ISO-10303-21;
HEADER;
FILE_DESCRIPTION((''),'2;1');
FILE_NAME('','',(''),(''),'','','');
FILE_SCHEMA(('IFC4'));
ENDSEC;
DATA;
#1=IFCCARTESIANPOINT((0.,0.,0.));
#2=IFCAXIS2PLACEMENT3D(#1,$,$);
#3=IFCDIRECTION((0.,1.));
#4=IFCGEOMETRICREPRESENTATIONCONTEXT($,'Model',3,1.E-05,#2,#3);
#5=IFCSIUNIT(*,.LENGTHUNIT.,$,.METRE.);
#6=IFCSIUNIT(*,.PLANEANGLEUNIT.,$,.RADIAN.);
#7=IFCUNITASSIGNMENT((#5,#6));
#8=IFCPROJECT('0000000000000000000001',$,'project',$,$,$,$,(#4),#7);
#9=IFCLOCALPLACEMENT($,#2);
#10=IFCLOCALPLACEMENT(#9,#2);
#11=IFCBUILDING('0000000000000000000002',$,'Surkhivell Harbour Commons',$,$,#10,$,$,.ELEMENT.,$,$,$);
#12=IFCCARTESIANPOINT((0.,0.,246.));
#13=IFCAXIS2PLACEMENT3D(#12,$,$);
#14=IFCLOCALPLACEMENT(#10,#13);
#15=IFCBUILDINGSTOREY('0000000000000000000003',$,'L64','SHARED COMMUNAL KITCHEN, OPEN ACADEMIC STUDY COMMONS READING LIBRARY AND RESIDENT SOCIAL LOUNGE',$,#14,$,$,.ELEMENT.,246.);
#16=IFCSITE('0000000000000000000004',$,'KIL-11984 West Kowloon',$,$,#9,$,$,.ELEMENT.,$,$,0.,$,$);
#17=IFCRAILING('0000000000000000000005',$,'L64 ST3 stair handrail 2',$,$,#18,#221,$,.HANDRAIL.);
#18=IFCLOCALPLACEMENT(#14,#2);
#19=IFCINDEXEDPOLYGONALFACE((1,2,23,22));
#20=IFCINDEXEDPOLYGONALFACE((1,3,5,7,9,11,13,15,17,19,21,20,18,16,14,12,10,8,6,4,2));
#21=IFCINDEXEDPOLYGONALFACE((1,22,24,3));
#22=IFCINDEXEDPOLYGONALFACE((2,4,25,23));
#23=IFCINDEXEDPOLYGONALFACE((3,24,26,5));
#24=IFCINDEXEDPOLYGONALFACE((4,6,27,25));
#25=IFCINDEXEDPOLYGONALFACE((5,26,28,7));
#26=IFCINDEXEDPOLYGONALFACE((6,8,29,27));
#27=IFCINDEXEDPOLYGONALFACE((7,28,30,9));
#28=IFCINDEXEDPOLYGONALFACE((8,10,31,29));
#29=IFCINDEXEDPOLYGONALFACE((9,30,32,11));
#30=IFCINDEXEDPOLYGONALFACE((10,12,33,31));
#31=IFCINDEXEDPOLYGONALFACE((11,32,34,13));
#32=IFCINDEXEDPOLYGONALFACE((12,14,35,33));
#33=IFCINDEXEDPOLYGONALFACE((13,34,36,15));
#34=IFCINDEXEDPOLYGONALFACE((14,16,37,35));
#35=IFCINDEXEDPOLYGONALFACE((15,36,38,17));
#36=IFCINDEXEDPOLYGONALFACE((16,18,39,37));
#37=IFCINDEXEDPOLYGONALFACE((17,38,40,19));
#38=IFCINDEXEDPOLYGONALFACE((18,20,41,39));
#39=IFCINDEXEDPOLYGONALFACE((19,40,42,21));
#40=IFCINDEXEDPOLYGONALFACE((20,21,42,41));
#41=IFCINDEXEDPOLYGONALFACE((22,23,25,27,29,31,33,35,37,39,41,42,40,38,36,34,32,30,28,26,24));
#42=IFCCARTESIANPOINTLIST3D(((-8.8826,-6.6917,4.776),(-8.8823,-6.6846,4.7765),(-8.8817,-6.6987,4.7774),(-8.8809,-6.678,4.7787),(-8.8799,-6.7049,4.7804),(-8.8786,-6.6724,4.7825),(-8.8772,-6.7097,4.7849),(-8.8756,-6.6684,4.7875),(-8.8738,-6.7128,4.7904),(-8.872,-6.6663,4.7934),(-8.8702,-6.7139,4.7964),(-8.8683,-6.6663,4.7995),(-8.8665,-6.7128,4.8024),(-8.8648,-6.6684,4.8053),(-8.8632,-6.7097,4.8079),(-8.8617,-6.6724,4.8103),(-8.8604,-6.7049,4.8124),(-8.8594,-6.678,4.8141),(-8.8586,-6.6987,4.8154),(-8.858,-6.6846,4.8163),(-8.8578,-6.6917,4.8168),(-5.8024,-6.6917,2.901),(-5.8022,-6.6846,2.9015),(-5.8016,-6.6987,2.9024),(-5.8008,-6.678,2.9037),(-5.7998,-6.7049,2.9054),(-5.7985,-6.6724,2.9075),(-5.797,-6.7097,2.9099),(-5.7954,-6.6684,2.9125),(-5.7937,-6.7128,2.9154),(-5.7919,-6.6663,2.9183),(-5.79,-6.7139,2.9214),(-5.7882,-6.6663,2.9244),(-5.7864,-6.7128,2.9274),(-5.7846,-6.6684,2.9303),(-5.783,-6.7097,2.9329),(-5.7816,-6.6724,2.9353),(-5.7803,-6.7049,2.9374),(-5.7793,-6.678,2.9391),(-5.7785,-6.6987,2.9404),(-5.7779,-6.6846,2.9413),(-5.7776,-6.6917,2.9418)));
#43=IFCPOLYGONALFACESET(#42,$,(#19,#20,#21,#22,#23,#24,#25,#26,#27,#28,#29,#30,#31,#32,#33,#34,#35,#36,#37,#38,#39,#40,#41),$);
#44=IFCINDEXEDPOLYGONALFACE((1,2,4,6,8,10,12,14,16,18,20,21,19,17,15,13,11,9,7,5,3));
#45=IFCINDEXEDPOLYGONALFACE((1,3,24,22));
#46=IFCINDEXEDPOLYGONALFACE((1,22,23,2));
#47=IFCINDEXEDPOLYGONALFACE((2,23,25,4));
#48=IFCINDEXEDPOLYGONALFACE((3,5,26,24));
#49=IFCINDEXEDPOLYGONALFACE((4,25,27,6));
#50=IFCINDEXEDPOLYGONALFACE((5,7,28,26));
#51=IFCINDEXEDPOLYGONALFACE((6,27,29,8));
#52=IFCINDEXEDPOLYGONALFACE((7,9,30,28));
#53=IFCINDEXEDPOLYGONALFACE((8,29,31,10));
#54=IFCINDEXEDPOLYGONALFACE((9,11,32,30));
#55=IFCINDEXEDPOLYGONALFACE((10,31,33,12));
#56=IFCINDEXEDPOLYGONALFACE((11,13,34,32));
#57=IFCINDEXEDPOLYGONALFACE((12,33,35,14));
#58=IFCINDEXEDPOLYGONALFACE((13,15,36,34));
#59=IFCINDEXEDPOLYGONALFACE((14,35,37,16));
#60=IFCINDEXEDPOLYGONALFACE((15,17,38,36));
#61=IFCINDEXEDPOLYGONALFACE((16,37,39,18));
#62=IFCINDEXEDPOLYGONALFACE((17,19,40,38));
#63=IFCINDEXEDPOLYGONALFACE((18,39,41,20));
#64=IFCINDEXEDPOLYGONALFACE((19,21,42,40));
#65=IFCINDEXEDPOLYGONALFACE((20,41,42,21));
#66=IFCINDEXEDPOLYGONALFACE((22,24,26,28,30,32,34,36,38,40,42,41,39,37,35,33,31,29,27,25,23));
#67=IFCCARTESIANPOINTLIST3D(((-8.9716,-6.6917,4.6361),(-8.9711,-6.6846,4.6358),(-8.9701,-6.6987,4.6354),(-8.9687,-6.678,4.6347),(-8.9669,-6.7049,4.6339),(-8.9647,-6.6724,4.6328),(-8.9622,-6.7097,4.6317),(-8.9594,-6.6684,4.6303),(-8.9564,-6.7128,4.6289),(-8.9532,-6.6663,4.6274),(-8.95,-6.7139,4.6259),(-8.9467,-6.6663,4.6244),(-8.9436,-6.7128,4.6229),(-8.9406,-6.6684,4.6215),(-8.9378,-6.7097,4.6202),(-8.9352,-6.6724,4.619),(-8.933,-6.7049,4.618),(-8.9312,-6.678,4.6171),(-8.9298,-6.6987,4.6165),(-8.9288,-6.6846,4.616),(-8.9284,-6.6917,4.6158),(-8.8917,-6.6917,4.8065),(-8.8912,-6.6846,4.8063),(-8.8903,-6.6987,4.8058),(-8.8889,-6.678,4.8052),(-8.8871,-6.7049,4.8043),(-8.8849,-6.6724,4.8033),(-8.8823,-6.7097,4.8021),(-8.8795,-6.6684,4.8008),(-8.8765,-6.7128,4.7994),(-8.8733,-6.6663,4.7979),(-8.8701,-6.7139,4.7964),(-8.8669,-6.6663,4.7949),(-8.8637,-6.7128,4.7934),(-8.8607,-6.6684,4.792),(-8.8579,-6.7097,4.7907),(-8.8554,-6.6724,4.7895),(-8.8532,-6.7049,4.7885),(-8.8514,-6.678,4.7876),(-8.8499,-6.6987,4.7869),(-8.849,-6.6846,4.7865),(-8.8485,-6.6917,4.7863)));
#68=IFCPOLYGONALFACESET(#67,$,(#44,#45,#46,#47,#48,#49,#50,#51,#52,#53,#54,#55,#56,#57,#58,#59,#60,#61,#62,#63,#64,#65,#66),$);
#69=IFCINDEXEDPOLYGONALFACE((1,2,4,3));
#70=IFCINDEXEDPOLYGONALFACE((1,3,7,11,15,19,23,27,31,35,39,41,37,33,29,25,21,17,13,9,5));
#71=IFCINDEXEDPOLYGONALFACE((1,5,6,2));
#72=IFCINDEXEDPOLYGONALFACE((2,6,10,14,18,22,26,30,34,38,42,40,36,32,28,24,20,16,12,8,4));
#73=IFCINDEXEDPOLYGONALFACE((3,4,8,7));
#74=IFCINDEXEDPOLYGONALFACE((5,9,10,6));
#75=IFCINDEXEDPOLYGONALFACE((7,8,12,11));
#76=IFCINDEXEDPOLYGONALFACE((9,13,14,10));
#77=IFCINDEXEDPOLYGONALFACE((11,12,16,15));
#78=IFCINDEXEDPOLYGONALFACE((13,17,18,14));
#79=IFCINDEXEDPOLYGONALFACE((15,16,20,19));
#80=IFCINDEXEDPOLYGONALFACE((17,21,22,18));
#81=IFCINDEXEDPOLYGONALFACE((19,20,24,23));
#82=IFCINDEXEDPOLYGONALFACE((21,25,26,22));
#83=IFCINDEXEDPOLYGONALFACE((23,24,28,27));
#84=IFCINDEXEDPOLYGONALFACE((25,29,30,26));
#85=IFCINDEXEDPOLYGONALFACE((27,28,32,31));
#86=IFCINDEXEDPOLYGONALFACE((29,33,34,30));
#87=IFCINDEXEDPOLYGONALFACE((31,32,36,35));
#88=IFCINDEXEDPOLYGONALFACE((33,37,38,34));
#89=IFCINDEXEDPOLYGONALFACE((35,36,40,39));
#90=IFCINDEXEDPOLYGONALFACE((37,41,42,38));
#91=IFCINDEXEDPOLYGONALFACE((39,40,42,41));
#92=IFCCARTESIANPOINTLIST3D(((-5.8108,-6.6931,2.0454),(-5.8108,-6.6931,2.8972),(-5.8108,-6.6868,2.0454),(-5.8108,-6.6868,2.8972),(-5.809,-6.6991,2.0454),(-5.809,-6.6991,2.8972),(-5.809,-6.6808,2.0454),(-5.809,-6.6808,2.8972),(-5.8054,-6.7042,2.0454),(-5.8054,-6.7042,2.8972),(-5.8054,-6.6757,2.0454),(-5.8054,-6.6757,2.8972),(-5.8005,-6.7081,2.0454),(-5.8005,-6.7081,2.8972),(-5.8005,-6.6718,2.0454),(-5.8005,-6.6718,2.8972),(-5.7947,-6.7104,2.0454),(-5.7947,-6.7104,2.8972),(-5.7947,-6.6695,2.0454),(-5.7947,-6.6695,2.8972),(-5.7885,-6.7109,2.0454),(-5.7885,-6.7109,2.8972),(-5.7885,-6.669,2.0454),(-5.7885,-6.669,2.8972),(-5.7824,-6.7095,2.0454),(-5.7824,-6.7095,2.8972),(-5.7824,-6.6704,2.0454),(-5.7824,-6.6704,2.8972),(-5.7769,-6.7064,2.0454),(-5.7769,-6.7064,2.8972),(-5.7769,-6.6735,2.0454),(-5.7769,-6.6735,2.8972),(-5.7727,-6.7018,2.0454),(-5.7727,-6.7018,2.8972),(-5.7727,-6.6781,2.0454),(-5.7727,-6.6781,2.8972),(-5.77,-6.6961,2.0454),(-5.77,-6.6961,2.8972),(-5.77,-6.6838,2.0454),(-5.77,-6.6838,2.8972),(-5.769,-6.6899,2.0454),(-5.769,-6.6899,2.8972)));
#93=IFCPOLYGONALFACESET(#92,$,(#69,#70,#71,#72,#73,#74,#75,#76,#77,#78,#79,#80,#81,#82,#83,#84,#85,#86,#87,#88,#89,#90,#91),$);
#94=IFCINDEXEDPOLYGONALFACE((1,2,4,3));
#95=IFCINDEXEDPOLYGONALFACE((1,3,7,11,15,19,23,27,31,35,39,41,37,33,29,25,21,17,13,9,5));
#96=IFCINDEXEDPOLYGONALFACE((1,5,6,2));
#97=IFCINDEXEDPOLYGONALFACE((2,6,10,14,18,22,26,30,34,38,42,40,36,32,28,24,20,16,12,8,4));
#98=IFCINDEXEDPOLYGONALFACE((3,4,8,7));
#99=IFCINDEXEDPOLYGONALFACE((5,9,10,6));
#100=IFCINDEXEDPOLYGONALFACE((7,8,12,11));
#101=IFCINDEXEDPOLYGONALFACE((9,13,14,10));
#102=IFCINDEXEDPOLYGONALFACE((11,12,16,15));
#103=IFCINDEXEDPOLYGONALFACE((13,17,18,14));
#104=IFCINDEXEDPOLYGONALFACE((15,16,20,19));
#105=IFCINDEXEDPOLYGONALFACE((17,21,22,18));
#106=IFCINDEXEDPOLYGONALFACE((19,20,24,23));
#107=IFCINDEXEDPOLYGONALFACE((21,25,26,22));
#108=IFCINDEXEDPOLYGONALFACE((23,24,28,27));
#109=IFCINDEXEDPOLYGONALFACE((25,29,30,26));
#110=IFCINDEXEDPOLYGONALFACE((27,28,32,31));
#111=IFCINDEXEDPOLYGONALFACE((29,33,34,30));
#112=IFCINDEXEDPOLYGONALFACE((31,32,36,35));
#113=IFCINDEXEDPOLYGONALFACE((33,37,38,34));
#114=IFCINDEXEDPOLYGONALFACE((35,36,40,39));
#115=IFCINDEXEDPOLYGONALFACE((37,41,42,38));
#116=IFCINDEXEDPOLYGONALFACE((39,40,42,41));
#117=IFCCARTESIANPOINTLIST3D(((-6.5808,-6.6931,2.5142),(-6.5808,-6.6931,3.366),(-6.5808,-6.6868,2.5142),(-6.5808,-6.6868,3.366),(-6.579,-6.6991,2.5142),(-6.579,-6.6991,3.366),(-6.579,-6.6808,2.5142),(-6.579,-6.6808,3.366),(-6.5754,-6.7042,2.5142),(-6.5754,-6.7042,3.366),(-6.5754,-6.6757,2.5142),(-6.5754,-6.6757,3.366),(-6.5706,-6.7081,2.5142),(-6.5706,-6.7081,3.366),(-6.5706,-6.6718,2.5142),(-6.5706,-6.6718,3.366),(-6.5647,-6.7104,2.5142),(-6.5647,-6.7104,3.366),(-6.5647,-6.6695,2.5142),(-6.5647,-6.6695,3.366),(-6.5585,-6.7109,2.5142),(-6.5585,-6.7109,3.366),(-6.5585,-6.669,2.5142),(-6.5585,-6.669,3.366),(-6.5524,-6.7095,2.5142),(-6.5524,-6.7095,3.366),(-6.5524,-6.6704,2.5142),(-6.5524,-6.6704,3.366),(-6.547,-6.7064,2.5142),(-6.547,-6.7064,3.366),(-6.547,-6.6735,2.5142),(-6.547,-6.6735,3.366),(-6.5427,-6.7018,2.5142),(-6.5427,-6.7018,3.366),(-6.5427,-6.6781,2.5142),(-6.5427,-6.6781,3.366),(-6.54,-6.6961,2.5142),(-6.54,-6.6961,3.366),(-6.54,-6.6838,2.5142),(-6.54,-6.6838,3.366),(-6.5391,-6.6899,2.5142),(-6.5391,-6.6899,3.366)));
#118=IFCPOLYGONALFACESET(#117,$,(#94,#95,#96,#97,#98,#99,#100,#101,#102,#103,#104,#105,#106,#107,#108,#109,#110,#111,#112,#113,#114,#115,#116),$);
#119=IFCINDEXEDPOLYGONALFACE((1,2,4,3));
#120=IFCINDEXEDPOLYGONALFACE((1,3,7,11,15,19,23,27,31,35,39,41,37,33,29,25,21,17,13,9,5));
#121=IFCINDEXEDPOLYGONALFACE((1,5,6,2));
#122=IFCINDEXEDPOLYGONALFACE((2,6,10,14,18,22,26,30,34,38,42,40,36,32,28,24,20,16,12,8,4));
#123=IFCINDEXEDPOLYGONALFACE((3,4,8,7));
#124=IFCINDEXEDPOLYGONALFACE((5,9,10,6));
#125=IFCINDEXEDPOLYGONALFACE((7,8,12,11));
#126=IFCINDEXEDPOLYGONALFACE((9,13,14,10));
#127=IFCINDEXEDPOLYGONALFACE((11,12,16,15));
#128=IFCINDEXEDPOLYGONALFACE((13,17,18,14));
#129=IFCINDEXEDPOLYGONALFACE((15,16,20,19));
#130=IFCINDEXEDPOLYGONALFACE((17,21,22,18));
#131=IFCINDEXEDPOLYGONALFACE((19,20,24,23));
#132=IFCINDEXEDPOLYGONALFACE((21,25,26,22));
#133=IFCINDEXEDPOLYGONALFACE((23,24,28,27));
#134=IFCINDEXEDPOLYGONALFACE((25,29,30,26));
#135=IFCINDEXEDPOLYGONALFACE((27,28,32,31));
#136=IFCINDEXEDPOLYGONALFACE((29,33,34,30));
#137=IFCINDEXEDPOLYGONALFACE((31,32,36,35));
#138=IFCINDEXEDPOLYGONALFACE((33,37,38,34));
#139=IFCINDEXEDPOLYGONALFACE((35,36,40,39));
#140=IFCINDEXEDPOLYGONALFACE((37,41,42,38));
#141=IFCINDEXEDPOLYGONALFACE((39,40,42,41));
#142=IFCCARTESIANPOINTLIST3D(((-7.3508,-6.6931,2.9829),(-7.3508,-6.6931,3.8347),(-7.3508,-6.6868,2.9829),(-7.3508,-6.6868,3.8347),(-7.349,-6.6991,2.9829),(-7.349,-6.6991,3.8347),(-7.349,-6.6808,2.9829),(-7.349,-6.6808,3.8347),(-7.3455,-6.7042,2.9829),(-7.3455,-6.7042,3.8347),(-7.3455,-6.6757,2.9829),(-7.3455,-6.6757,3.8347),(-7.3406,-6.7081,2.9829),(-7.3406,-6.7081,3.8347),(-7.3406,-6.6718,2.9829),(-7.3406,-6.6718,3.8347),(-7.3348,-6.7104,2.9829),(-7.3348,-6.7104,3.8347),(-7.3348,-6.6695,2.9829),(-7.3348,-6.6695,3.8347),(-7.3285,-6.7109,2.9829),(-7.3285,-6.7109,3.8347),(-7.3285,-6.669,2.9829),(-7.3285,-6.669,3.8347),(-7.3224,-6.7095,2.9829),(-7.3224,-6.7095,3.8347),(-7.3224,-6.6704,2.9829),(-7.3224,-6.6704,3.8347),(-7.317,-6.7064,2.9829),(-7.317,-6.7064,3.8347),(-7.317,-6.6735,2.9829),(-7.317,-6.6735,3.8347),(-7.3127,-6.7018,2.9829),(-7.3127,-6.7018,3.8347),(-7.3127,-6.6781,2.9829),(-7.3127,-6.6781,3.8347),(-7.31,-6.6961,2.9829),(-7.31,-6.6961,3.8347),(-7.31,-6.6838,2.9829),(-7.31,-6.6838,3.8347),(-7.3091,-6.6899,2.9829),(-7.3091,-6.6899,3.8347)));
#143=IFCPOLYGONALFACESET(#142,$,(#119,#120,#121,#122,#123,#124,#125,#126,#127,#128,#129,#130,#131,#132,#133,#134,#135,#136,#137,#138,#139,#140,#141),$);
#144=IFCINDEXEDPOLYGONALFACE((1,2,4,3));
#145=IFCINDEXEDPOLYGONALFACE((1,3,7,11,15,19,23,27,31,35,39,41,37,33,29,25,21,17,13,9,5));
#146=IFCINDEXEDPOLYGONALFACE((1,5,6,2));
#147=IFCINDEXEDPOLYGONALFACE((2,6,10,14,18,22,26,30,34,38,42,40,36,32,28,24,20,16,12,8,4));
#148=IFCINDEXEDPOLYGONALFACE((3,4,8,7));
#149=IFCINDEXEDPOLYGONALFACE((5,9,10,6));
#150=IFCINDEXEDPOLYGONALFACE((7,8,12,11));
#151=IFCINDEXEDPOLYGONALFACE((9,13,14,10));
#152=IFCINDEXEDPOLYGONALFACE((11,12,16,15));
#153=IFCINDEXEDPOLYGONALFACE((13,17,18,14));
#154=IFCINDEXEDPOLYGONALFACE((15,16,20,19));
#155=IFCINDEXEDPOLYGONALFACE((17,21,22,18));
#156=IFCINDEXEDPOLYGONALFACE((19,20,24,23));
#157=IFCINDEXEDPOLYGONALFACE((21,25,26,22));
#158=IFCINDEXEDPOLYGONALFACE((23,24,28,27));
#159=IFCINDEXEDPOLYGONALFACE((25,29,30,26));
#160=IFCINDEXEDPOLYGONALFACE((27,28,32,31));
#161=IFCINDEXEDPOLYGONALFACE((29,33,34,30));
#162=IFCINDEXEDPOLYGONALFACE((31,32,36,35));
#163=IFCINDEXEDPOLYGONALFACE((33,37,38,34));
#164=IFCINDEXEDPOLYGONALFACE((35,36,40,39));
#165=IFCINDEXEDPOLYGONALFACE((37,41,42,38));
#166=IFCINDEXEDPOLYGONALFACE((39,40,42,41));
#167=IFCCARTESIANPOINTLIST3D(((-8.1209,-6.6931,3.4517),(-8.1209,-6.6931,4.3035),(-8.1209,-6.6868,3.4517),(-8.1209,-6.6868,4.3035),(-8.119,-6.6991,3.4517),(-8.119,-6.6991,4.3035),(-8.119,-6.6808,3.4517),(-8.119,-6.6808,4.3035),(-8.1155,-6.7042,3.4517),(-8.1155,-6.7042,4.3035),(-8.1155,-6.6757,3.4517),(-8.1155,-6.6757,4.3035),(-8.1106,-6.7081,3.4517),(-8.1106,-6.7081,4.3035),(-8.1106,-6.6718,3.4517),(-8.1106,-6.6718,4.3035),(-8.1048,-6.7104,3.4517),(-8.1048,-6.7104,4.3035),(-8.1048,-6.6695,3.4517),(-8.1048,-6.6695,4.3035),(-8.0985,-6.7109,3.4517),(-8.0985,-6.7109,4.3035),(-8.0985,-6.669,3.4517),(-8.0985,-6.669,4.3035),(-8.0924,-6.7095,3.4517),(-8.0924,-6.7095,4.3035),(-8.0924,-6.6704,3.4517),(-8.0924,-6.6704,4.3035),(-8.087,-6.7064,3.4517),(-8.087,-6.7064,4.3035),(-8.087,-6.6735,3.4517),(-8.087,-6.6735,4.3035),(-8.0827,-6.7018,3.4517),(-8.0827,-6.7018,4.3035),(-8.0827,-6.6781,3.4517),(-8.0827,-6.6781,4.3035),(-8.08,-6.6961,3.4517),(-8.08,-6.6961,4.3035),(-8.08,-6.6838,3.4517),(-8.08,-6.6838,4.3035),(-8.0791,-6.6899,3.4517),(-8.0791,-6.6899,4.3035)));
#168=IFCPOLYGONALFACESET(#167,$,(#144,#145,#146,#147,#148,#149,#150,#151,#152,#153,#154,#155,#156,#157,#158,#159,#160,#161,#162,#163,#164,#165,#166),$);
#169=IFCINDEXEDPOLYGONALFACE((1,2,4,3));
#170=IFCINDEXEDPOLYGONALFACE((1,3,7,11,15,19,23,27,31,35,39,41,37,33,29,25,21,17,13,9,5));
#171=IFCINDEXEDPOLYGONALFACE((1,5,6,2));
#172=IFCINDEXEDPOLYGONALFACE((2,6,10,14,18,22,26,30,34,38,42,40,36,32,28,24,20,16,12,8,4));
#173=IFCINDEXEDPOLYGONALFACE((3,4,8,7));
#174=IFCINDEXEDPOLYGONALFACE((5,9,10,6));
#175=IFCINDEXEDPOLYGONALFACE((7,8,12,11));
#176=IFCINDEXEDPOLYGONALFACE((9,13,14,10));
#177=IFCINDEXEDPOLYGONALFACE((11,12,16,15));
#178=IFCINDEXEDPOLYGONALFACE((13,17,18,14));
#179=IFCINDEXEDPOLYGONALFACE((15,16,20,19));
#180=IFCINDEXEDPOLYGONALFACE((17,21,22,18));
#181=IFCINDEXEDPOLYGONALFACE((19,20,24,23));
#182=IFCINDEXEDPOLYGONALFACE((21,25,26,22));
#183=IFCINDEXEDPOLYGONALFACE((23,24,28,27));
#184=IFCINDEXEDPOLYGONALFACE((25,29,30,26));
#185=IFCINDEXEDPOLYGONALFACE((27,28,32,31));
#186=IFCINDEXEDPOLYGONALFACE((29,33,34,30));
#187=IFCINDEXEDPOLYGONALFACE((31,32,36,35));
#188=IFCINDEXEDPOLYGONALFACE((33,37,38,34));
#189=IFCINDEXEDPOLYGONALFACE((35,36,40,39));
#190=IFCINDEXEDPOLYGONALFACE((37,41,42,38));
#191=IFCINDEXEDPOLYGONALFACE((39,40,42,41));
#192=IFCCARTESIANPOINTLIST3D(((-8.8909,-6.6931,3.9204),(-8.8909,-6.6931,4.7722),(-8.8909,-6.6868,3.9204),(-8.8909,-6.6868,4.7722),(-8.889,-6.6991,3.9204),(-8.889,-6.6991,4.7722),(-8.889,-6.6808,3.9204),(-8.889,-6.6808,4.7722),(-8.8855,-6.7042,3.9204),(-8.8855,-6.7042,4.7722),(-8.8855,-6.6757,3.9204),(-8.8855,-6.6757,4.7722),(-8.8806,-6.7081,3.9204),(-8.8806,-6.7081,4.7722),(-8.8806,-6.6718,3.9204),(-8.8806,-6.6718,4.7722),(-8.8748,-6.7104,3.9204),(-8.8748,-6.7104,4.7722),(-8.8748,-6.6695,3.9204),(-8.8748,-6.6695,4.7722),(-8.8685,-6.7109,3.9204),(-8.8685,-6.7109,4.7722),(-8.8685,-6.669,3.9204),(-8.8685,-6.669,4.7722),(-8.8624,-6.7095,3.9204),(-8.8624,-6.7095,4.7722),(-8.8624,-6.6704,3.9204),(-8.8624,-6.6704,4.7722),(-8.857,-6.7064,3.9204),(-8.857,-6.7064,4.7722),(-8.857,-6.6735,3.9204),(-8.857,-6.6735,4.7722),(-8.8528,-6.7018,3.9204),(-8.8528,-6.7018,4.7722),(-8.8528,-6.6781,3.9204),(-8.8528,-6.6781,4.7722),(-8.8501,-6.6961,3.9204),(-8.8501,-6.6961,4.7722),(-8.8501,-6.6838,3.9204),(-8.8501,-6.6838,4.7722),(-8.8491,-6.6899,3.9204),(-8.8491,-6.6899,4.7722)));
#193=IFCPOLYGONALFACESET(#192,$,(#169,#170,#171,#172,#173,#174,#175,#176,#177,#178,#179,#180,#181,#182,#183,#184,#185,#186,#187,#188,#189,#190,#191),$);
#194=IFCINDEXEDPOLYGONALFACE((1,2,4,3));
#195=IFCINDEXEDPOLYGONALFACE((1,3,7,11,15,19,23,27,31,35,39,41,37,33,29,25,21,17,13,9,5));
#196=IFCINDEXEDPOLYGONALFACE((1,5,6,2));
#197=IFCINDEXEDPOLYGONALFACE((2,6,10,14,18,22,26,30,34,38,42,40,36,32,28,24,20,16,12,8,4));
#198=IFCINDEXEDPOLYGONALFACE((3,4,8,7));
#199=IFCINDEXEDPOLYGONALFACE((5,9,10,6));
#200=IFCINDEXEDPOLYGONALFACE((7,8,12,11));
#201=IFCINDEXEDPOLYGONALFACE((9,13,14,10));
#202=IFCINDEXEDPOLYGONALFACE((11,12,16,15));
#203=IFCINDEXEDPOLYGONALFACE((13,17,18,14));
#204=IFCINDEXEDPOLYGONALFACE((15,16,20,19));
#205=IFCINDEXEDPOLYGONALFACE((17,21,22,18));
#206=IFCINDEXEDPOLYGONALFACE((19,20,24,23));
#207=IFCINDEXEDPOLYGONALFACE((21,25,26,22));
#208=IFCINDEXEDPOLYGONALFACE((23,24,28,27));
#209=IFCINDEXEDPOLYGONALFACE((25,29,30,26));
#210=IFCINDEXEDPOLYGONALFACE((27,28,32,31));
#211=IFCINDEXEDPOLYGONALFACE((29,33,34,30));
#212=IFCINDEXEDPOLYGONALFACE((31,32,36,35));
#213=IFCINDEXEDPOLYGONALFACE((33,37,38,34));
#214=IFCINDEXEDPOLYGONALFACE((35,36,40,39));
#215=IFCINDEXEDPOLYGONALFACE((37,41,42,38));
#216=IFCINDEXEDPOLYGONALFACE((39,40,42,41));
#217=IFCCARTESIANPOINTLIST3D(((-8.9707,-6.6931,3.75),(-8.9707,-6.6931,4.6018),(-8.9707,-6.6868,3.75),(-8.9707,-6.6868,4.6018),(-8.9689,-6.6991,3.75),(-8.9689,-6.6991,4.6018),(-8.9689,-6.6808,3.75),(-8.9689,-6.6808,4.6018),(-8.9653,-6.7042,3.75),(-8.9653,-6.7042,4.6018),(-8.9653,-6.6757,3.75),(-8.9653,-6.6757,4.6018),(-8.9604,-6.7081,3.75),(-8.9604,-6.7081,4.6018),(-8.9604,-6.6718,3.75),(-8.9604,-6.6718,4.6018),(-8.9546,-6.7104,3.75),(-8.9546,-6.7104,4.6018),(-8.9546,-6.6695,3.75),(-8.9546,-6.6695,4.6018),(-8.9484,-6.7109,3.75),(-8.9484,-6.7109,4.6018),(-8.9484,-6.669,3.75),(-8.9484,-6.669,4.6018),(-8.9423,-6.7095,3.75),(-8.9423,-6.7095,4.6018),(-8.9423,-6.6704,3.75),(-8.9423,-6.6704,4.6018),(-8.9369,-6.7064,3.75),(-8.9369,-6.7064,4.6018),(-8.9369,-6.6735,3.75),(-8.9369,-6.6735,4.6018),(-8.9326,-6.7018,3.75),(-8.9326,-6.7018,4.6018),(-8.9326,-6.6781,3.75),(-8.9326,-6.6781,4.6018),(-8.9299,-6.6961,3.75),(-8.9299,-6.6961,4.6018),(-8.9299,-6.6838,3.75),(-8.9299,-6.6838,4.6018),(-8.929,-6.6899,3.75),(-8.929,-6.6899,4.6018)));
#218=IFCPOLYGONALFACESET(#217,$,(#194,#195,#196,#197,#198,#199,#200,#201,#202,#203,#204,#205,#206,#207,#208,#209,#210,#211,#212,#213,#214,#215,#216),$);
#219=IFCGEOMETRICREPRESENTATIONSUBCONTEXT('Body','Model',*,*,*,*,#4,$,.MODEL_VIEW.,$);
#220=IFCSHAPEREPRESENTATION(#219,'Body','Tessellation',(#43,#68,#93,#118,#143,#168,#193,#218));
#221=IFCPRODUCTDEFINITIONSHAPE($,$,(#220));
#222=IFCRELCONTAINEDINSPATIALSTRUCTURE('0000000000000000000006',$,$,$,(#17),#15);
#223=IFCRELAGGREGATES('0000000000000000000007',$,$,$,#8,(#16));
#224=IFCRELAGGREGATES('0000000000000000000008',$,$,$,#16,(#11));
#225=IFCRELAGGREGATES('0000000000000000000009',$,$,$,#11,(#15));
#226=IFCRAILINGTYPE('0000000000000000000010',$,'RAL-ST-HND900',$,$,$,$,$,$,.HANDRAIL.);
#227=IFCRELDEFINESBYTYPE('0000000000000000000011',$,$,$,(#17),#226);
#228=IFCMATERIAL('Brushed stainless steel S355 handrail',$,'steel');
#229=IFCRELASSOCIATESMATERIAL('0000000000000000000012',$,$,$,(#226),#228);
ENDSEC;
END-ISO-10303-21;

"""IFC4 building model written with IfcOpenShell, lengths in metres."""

from ifc_helpers import new_model, si_unit, direction, frame, origin, origin_2d, place, context, subcontext, project, spatial, circle, extrude, material, type_object, element, save


model = new_model("IFC4")

# Units and contexts
model_context = context("Model", 3, precision=1e-05, world=origin(), true_north=direction((0.0, 1.0)))
body_context = subcontext(model_context, "Body", "Model", "MODEL_VIEW")
ifc_project = project(units=[si_unit("LENGTHUNIT", "METRE"), si_unit("PLANEANGLEUNIT", "RADIAN")], contexts=[model_context])

# Site, building, storey
site_placement = place(None, origin())
site = spatial("IfcSite", under=ifc_project, at=site_placement, Name="KIL-11984 West Kowloon", CompositionType="ELEMENT", RefElevation=0.0)
building_placement = place(site_placement, origin())
building = spatial("IfcBuilding", under=site, at=building_placement, Name="Surkhivell Harbour Commons", CompositionType="ELEMENT")
storey_placement = place(building_placement, frame((0.0, 0.0, 246.0)))
storey = spatial("IfcBuildingStorey", under=building, at=storey_placement, Name="L64", Description="SHARED COMMUNAL KITCHEN, OPEN ACADEMIC STUDY COMMONS READING LIBRARY AND RESIDENT SOCIAL LOUNGE", CompositionType="ELEMENT", Elevation=246.0)

# Railing
ifc_material_1 = material(Name="Brushed stainless steel S355 handrail", Category="steel")
railing_type_1 = type_object("IfcRailingType", Name="RAL-ST-HND900", PredefinedType="HANDRAIL", material=ifc_material_1)
railing_1_placement = place(storey_placement, frame((-5.79, -6.6899, 2.0454)))
element("IfcRailing", 1, at=railing_1_placement, inside=storey, type_object=railing_type_1, Name="L64 ST3 stair handrail 2", PredefinedType="HANDRAIL", context=body_context, shape_type="SweptSolid", body=[
    extrude(circle(Radius=0.0239, at=origin_2d()), frame((0.0, 0.0, 0.876), z_axis=(-0.854178, 0.0, 0.519981), x_axis=(0.0, -1.0, 0.0)), (0.0, 0.0, 1.0), 3.606),
    extrude(circle(Radius=0.0239, at=origin_2d()), frame((-3.0801, 0.0, 2.751), z_axis=(-0.424234, 0.0, -0.905552), x_axis=(0.0, -1.0, 0.0)), (0.0, 0.0, 1.0), 0.1882),
    extrude(circle(Radius=0.021, at=origin_2d()), origin(), (0.0, 0.0, 1.0), 0.8518),
    extrude(circle(Radius=0.021, at=origin_2d()), frame((-0.77, 0.0, 0.4688)), (0.0, 0.0, 1.0), 0.8518),
    extrude(circle(Radius=0.021, at=origin_2d()), frame((-1.54, 0.0, 0.9375)), (0.0, 0.0, 1.0), 0.8518),
    extrude(circle(Radius=0.021, at=origin_2d()), frame((-2.3101, 0.0, 1.4062)), (0.0, 0.0, 1.0), 0.8518),
    extrude(circle(Radius=0.021, at=origin_2d()), frame((-3.0801, 0.0, 1.875)), (0.0, 0.0, 1.0), 0.8518),
    extrude(circle(Radius=0.021, at=origin_2d()), frame((-3.1599, 0.0, 1.7046)), (0.0, 0.0, 1.0), 0.8518),
])

save(model, "model.ifc")
